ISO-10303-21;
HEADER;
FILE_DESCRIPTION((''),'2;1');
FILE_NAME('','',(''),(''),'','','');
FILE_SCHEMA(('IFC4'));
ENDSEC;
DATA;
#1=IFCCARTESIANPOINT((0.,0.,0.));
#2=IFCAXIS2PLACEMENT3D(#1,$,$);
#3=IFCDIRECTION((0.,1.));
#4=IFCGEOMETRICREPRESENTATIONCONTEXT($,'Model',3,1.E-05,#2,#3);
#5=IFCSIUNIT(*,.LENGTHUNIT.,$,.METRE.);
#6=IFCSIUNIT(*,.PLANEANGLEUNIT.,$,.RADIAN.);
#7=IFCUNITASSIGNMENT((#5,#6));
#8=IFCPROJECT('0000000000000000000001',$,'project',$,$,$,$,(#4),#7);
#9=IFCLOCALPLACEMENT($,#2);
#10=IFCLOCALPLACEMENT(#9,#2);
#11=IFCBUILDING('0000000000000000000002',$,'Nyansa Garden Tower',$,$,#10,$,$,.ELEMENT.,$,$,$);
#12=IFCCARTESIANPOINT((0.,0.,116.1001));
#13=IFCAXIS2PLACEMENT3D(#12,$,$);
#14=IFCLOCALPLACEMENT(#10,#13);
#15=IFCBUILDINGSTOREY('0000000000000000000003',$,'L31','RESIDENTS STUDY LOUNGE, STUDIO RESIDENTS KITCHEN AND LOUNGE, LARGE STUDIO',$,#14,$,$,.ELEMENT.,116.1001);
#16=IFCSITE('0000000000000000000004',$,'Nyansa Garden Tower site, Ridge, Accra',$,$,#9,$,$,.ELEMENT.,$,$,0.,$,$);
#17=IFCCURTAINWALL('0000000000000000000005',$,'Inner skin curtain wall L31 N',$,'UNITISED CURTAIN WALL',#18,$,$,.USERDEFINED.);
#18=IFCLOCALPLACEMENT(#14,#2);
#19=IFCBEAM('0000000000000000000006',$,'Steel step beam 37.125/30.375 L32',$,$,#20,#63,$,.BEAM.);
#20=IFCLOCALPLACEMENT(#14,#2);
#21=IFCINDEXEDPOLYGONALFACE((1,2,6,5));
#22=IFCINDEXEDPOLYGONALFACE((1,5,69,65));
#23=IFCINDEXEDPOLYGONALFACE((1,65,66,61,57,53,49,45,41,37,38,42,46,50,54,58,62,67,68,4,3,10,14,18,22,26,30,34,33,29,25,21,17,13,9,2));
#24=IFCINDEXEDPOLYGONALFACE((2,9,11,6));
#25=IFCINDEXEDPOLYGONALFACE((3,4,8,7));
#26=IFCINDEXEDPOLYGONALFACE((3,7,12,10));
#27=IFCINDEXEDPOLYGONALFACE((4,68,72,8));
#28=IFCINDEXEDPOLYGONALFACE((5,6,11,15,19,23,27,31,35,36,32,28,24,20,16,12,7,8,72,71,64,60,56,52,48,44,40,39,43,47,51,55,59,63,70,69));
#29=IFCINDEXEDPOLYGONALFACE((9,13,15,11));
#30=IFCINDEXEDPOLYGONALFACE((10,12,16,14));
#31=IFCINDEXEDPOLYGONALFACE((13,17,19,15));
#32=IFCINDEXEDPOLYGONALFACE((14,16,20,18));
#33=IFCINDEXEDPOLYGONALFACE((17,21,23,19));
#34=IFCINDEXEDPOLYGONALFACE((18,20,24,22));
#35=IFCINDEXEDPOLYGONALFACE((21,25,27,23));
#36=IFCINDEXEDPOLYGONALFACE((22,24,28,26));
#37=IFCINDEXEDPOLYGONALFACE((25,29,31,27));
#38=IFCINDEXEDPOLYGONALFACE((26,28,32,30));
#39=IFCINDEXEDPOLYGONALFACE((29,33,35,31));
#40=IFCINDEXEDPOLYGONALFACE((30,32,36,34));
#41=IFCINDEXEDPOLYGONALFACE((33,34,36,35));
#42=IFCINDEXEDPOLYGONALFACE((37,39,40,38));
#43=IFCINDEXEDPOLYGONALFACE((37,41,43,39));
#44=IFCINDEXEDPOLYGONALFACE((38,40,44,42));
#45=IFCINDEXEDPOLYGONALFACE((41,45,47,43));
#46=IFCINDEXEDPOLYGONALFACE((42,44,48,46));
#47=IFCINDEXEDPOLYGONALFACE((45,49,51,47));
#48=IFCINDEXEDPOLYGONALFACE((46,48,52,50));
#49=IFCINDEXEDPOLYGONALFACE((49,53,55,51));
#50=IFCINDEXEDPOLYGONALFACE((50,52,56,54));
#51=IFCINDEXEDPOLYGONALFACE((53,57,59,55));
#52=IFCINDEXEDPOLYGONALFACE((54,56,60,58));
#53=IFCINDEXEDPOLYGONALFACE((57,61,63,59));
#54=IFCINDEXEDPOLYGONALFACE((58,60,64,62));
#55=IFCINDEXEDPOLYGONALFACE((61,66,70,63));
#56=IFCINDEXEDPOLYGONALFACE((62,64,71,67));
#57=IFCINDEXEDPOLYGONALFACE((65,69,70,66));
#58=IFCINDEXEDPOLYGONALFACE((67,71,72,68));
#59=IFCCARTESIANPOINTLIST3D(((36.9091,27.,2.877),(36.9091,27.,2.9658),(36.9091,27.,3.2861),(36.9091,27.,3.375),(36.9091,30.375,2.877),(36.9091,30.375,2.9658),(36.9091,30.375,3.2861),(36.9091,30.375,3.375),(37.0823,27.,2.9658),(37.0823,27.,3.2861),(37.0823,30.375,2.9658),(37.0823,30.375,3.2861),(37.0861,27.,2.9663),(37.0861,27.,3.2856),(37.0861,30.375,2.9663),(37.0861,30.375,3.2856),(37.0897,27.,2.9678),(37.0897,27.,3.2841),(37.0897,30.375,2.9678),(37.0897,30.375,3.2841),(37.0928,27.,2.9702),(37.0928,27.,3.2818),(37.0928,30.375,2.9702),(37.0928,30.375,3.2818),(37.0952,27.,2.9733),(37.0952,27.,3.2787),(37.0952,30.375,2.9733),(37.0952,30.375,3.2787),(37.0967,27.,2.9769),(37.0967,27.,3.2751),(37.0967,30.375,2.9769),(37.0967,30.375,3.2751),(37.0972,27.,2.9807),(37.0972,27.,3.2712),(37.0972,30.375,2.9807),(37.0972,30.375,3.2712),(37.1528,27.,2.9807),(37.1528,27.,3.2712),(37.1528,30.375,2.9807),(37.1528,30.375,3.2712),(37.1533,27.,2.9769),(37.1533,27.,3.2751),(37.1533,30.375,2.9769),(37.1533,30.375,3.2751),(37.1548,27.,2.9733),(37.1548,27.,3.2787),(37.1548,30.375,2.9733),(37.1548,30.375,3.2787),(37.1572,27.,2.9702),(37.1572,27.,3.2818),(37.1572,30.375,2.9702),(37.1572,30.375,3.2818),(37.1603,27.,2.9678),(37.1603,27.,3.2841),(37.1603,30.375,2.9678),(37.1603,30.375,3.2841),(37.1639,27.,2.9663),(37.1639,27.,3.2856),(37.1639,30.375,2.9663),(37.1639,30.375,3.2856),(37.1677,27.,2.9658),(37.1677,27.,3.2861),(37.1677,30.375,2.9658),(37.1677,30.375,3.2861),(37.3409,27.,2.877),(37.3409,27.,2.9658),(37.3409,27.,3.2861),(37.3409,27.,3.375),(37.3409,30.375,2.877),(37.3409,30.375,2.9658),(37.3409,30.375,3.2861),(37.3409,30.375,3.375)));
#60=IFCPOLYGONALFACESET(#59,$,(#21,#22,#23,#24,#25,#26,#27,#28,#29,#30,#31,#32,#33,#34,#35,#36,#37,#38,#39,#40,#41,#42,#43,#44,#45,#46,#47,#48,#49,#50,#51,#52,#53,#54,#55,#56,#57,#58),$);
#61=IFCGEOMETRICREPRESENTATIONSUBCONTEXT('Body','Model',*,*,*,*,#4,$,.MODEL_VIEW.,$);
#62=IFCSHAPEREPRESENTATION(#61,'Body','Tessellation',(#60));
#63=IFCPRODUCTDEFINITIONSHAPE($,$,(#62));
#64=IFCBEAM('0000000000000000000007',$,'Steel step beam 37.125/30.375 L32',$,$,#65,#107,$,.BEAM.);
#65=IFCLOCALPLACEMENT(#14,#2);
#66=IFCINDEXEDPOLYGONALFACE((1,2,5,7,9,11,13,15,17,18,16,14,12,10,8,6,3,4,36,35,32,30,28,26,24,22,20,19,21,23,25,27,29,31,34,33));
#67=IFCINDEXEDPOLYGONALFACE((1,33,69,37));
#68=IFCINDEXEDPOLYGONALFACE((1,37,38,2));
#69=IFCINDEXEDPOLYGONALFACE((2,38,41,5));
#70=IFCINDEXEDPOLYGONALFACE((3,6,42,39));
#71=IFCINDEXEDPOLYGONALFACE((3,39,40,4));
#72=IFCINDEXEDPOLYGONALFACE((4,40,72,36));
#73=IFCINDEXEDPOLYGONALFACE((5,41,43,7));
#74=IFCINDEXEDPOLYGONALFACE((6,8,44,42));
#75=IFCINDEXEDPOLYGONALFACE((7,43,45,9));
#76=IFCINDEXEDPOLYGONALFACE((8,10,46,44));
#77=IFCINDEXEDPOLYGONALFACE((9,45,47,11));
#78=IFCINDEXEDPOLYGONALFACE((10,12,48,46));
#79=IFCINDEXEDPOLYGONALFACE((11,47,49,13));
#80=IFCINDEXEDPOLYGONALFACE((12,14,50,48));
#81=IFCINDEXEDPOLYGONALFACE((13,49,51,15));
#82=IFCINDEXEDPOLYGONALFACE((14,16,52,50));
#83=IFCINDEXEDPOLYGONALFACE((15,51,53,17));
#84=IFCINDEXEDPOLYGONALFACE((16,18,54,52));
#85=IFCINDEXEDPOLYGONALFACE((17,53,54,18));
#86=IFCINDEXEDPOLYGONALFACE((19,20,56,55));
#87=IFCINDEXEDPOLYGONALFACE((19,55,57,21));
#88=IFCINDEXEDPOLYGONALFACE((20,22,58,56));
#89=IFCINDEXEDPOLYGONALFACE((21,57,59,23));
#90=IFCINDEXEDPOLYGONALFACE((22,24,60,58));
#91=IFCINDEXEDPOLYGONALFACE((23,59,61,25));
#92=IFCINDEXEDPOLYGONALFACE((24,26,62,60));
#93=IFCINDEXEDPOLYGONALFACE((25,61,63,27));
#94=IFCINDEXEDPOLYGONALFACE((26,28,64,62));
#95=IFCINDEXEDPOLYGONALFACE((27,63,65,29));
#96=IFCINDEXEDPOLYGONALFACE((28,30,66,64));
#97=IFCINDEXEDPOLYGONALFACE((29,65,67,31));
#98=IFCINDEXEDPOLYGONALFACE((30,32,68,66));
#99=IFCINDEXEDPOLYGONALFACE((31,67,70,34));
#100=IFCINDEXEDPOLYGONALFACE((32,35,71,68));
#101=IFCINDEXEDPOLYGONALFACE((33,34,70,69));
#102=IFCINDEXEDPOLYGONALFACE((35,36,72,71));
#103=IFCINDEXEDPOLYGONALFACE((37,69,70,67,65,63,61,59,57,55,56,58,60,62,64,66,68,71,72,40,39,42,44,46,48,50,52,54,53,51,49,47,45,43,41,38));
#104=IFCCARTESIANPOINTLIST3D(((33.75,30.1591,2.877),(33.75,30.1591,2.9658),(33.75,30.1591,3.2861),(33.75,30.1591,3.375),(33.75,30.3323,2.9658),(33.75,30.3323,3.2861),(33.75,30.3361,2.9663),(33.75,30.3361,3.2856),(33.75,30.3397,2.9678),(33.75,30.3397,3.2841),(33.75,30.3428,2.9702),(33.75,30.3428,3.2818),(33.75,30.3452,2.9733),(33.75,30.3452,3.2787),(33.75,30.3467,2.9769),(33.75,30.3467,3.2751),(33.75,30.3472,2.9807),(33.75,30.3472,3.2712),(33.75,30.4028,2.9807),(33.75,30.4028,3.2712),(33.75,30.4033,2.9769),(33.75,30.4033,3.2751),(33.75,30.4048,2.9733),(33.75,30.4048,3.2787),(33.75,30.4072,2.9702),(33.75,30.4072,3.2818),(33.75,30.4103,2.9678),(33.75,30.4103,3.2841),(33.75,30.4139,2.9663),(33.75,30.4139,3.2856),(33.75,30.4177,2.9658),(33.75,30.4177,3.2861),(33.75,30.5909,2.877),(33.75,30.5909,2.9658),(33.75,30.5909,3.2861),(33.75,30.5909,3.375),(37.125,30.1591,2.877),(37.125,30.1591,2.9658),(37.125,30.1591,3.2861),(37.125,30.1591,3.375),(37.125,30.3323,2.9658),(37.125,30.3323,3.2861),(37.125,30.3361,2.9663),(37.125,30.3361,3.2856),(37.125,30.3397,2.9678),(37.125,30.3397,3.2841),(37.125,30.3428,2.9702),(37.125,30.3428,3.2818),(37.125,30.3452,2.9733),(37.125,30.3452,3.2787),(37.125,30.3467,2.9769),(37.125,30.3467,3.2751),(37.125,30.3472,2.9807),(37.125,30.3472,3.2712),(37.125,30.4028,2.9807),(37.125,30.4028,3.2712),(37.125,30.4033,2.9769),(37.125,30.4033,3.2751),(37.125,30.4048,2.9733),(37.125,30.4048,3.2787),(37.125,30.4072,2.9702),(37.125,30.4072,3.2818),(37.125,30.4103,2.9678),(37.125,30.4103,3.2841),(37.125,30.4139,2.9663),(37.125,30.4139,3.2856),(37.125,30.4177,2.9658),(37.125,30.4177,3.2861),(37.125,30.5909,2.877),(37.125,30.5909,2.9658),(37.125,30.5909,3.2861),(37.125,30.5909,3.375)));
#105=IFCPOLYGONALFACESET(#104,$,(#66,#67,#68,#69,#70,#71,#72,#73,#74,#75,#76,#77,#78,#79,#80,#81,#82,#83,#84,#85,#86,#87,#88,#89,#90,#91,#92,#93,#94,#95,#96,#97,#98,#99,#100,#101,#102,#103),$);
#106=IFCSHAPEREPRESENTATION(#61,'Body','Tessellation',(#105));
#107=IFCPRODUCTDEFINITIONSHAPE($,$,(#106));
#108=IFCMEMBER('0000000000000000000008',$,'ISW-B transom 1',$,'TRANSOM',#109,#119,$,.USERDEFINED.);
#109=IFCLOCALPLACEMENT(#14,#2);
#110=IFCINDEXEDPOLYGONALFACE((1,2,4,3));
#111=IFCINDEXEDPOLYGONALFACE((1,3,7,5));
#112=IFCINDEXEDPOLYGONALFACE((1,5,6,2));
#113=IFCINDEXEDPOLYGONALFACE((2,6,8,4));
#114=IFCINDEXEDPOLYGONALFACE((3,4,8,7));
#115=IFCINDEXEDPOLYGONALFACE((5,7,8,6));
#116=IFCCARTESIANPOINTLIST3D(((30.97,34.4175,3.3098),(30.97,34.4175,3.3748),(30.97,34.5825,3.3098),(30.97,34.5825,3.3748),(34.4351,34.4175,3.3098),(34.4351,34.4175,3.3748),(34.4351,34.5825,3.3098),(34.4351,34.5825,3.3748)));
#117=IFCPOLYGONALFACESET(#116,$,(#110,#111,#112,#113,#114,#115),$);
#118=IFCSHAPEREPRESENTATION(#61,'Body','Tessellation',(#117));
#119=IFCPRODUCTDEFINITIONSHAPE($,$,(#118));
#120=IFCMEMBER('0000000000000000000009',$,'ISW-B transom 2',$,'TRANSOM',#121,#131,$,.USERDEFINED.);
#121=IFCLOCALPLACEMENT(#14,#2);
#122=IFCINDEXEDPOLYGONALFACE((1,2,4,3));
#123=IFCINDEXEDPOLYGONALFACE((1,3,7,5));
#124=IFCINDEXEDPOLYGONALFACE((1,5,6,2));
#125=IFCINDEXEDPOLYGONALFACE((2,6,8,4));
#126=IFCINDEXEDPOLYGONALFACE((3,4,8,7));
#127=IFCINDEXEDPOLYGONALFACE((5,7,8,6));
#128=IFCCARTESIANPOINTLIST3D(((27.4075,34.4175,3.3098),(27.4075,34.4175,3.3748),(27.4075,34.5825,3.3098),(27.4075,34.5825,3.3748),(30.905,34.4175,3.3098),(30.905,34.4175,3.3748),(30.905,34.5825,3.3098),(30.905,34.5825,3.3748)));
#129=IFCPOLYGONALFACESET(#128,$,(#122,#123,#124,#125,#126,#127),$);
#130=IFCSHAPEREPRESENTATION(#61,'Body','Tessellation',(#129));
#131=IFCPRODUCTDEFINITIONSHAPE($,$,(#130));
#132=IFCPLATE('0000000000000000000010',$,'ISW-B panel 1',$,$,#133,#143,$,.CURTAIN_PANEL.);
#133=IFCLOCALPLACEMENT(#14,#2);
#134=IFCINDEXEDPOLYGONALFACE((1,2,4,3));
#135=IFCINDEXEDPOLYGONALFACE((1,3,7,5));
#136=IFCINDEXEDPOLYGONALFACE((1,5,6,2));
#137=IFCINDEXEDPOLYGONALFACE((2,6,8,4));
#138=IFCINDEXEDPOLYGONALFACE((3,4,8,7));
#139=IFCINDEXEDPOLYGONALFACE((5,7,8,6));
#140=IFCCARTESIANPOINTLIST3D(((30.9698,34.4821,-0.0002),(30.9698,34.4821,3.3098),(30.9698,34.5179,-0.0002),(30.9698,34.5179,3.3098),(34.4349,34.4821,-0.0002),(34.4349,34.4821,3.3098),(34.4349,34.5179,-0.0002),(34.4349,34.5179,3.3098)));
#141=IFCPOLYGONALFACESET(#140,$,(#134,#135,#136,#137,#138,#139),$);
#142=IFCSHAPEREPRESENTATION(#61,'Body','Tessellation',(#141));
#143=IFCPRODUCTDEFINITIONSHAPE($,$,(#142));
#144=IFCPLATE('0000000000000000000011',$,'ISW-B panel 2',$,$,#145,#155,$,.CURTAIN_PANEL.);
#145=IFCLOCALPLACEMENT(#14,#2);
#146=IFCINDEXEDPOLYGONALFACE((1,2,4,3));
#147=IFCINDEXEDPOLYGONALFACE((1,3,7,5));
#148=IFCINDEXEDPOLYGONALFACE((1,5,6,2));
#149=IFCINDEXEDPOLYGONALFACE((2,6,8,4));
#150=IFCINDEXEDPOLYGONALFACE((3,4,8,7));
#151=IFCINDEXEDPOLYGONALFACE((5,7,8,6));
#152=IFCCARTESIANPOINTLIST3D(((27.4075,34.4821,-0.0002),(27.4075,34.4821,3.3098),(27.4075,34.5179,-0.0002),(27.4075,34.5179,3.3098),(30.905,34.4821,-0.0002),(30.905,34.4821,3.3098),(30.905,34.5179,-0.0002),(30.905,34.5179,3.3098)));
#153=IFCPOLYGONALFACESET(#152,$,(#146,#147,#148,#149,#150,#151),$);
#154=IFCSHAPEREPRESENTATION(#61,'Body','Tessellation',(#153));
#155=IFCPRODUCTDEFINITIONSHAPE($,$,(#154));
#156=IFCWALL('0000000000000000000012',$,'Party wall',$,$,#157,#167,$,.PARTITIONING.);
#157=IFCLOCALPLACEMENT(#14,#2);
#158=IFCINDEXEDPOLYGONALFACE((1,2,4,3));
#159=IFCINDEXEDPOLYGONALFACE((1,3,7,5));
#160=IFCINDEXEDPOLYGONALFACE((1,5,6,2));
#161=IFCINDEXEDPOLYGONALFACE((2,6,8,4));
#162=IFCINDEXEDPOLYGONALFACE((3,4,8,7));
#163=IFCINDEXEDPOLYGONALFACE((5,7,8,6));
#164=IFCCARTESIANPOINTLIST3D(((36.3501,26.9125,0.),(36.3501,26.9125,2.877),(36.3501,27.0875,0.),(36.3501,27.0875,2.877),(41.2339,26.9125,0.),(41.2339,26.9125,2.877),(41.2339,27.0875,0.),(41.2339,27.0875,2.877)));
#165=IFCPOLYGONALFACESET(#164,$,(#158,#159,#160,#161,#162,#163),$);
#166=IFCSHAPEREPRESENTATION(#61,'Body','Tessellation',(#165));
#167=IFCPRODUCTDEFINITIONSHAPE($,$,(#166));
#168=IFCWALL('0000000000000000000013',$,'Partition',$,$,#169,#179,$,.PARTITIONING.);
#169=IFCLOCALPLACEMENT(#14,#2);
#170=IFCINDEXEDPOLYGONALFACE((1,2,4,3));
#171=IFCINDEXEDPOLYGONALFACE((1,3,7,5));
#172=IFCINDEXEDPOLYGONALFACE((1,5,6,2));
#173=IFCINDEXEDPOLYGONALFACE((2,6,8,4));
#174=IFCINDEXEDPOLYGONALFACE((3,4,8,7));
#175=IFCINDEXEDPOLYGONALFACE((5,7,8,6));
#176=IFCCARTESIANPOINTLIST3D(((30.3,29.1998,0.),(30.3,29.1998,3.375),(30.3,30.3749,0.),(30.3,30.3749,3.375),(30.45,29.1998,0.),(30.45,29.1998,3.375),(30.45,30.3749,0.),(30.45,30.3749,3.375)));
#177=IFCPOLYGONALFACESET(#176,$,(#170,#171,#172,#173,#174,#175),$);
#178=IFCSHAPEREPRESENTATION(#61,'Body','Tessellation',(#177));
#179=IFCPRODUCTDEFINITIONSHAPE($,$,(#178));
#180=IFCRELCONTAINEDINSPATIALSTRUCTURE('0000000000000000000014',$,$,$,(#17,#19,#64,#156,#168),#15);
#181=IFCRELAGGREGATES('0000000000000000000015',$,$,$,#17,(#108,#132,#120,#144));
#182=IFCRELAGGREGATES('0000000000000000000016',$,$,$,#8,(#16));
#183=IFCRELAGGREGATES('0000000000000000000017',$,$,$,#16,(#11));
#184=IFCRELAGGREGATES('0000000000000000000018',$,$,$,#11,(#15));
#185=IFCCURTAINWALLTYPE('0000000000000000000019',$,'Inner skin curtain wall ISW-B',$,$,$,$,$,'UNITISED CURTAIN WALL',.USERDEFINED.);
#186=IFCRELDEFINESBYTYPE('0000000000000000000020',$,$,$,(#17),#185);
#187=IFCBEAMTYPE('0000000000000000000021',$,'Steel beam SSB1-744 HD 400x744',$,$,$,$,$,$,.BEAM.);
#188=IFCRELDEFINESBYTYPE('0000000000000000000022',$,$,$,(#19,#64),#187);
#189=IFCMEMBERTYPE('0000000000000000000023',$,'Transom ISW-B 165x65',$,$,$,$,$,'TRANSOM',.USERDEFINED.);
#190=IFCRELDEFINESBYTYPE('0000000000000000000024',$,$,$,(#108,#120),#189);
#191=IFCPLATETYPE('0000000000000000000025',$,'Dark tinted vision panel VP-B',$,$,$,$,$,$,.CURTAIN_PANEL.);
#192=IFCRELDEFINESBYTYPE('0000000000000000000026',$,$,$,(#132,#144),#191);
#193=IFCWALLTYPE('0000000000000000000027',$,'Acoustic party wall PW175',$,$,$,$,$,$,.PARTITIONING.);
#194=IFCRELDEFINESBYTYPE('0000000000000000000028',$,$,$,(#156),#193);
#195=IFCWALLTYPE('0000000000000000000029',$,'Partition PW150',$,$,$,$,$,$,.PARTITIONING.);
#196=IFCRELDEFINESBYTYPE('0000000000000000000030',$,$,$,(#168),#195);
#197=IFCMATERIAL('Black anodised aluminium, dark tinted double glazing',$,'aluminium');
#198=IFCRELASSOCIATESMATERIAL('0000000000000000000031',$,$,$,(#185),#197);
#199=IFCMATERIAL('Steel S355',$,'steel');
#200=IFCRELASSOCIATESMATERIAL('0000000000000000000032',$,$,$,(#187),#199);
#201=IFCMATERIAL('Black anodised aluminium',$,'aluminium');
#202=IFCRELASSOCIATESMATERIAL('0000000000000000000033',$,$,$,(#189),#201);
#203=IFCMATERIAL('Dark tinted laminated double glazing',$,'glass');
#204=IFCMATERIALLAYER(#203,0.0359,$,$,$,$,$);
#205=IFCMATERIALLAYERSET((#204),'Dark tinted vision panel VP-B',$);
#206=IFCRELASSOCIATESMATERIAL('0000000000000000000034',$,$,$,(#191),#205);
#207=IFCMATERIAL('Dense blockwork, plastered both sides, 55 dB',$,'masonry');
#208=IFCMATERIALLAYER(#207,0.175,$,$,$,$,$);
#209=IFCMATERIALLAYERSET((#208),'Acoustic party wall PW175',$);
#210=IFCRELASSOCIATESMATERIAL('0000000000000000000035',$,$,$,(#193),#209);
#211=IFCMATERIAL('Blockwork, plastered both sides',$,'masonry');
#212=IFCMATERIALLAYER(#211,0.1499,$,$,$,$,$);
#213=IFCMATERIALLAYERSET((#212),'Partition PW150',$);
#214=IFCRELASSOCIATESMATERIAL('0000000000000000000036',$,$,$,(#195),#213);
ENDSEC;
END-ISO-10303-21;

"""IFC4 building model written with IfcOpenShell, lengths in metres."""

from ifc_helpers import new_model, si_unit, direction, frame, frame_2d, origin, origin_2d, place, context, subcontext, project, spatial, rectangle, i_section, extrude, material, layer, layer_set, material_profile, profile_set, type_object, element, aggregate, save


model = new_model("IFC4")

# Units and contexts
model_context = context("Model", 3, precision=1e-05, world=origin(), true_north=direction((0.0, 1.0)))
body_context = subcontext(model_context, "Body", "Model", "MODEL_VIEW")
ifc_project = project(units=[si_unit("LENGTHUNIT", "METRE"), si_unit("PLANEANGLEUNIT", "RADIAN")], contexts=[model_context])

# Site, building, storey
site_placement = place(None, origin())
site = spatial("IfcSite", under=ifc_project, at=site_placement, Name="Nyansa Garden Tower site, Ridge, Accra", CompositionType="ELEMENT", RefElevation=0.0)
building_placement = place(site_placement, origin())
building = spatial("IfcBuilding", under=site, at=building_placement, Name="Nyansa Garden Tower", CompositionType="ELEMENT")
storey_placement = place(building_placement, frame((0.0, 0.0, 116.1001)))
storey = spatial("IfcBuildingStorey", under=building, at=storey_placement, Name="L31", Description="RESIDENTS STUDY LOUNGE, STUDIO RESIDENTS KITCHEN AND LOUNGE, LARGE STUDIO", CompositionType="ELEMENT", Elevation=116.1001)

# Shared definitions
ifc_material_1 = material(Name="Black anodised aluminium, dark tinted double glazing", Category="aluminium")
curtain_wall_type = type_object("IfcCurtainWallType", Name="Inner skin curtain wall ISW-B", ElementType="UNITISED CURTAIN WALL", PredefinedType="USERDEFINED", material=ifc_material_1)

# Curtain wall
curtain_wall_1_placement = place(storey_placement, origin())
curtain_wall_1 = element("IfcCurtainWall", 1, at=curtain_wall_1_placement, inside=storey, type_object=curtain_wall_type, Name="Inner skin curtain wall L31 N", ObjectType="UNITISED CURTAIN WALL", PredefinedType="USERDEFINED")

# Beams
ifc_material_2 = material(Name="Steel S355", Category="steel")
ifc_material_profile_1 = material_profile(ifc_material_2, i_section(OverallWidth=0.4319, OverallDepth=0.498, WebThickness=0.0557, FlangeThickness=0.0889, FilletRadius=0.0149, at=origin_2d()), Name="HD 400x744")
ifc_profile_set_1 = profile_set([ifc_material_profile_1], Name="Steel S355")
beam_type_1 = type_object("IfcBeamType", Name="Steel beam SSB1-744 HD 400x744", PredefinedType="BEAM", material=ifc_profile_set_1)
for number, where, z_axis, x_axis, name in (
    (2, (37.125, 30.375, 3.126), (0.0, -1.0, 0.0), (1.0, 0.0, 0.0), "Steel step beam 37.125/30.375 L32"),
    (3, (37.125, 30.375, 3.126), (-1.0, 0.0, 0.0), (0.0, -1.0, 0.0), "Steel step beam 37.125/30.375 L32"),
):
    element("IfcBeam", number, at=place(storey_placement, frame(where, z_axis=z_axis, x_axis=x_axis)), inside=storey, type_object=beam_type_1, Name=name, PredefinedType="BEAM", context=body_context, shape_type="SweptSolid", body=[
        extrude(i_section(OverallWidth=0.4319, OverallDepth=0.498, WebThickness=0.0557, FlangeThickness=0.0889, FilletRadius=0.0149, at=origin_2d()), origin(), (0.0, 0.0, 1.0), 3.375),
    ])

# Members
ifc_material_3 = material(Name="Black anodised aluminium", Category="aluminium")
ifc_material_profile_2 = material_profile(ifc_material_3, rectangle(XDim=0.165, YDim=0.0649, at=origin_2d()), Name="Transom 165x65")
ifc_profile_set_2 = profile_set([ifc_material_profile_2], Name="Black anodised aluminium")
member_type_1 = type_object("IfcMemberType", Name="Transom ISW-B 165x65", ElementType="TRANSOM", PredefinedType="USERDEFINED", material=ifc_profile_set_2)
member_1_placement = place(storey_placement, frame((34.4351, 34.5, 3.3423), z_axis=(-1.0, 0.0, 0.0), x_axis=(0.0, -1.0, 0.0)))
member_1 = element("IfcMember", 4, at=member_1_placement, type_object=member_type_1, Name="ISW-B transom 1", ObjectType="TRANSOM", PredefinedType="USERDEFINED", context=body_context, shape_type="SweptSolid", body=[
    extrude(rectangle(XDim=0.165, YDim=0.0649, at=origin_2d()), origin(), (0.0, 0.0, 1.0), 3.4651),
])
member_2_placement = place(storey_placement, frame((30.905, 34.5, 3.3423), z_axis=(-1.0, 0.0, 0.0), x_axis=(0.0, -1.0, 0.0)))
member_2 = element("IfcMember", 5, at=member_2_placement, type_object=member_type_1, Name="ISW-B transom 2", ObjectType="TRANSOM", PredefinedType="USERDEFINED", context=body_context, shape_type="SweptSolid", body=[
    extrude(rectangle(XDim=0.165, YDim=0.0649, at=origin_2d()), origin(), (0.0, 0.0, 1.0), 3.4976),
])

# Plates
ifc_material_4 = material(Name="Dark tinted laminated double glazing", Category="glass")
ifc_layer_1 = layer(ifc_material_4, 0.0359)
ifc_layer_set_1 = layer_set([ifc_layer_1], Name="Dark tinted vision panel VP-B")
plate_type = type_object("IfcPlateType", Name="Dark tinted vision panel VP-B", PredefinedType="CURTAIN_PANEL", material=ifc_layer_set_1)
plate_1_placement = place(storey_placement, frame((32.7024, 34.5, -0.0002), z_axis=(0.0, 0.0, 1.0), x_axis=(-1.0, 0.0, 0.0)))
plate_1 = element("IfcPlate", 6, at=plate_1_placement, type_object=plate_type, Name="ISW-B panel 1", PredefinedType="CURTAIN_PANEL", context=body_context, shape_type="SweptSolid", body=[
    extrude(rectangle(XDim=3.4651, YDim=0.0359, at=origin_2d()), origin(), (0.0, 0.0, 1.0), 3.3101),
])
plate_2_placement = place(storey_placement, frame((29.1562, 34.5, -0.0002), z_axis=(0.0, 0.0, 1.0), x_axis=(-1.0, 0.0, 0.0)))
plate_2 = element("IfcPlate", 7, at=plate_2_placement, type_object=plate_type, Name="ISW-B panel 2", PredefinedType="CURTAIN_PANEL", context=body_context, shape_type="SweptSolid", body=[
    extrude(rectangle(XDim=3.4976, YDim=0.0359, at=origin_2d()), origin(), (0.0, 0.0, 1.0), 3.3101),
])
aggregate(curtain_wall_1, [member_1, plate_1, member_2, plate_2])

# Walls
ifc_material_5 = material(Name="Dense blockwork, plastered both sides, 55 dB", Category="masonry")
ifc_layer_2 = layer(ifc_material_5, 0.175)
ifc_layer_set_2 = layer_set([ifc_layer_2], Name="Acoustic party wall PW175")
wall_type_1 = type_object("IfcWallType", Name="Acoustic party wall PW175", PredefinedType="PARTITIONING", material=ifc_layer_set_2)
wall_1_placement = place(storey_placement, frame((36.3501, 27.0, 0.0), z_axis=(0.0, 0.0, 1.0), x_axis=(1.0, 0.0, 0.0)))
element("IfcWall", 8, at=wall_1_placement, inside=storey, type_object=wall_type_1, Name="Party wall", PredefinedType="PARTITIONING", context=body_context, shape_type="SweptSolid", body=[
    extrude(rectangle(XDim=4.8838, YDim=0.175, at=frame_2d((2.4419, 0.0))), origin(), (0.0, 0.0, 1.0), 2.877),
])
ifc_material_6 = material(Name="Blockwork, plastered both sides", Category="masonry")
ifc_layer_3 = layer(ifc_material_6, 0.1499)
ifc_layer_set_3 = layer_set([ifc_layer_3], Name="Partition PW150")
wall_type_2 = type_object("IfcWallType", Name="Partition PW150", PredefinedType="PARTITIONING", material=ifc_layer_set_3)
wall_2_placement = place(storey_placement, frame((30.375, 29.2, 0.0), z_axis=(0.0, 0.0, 1.0), x_axis=(0.0, 1.0, 0.0)))
element("IfcWall", 9, at=wall_2_placement, inside=storey, type_object=wall_type_2, Name="Partition", PredefinedType="PARTITIONING", context=body_context, shape_type="SweptSolid", body=[
    extrude(rectangle(XDim=1.175, YDim=0.1499, at=frame_2d((0.5874, 0.0))), origin(), (0.0, 0.0, 1.0), 3.375),
])

save(model, "model.ifc")
